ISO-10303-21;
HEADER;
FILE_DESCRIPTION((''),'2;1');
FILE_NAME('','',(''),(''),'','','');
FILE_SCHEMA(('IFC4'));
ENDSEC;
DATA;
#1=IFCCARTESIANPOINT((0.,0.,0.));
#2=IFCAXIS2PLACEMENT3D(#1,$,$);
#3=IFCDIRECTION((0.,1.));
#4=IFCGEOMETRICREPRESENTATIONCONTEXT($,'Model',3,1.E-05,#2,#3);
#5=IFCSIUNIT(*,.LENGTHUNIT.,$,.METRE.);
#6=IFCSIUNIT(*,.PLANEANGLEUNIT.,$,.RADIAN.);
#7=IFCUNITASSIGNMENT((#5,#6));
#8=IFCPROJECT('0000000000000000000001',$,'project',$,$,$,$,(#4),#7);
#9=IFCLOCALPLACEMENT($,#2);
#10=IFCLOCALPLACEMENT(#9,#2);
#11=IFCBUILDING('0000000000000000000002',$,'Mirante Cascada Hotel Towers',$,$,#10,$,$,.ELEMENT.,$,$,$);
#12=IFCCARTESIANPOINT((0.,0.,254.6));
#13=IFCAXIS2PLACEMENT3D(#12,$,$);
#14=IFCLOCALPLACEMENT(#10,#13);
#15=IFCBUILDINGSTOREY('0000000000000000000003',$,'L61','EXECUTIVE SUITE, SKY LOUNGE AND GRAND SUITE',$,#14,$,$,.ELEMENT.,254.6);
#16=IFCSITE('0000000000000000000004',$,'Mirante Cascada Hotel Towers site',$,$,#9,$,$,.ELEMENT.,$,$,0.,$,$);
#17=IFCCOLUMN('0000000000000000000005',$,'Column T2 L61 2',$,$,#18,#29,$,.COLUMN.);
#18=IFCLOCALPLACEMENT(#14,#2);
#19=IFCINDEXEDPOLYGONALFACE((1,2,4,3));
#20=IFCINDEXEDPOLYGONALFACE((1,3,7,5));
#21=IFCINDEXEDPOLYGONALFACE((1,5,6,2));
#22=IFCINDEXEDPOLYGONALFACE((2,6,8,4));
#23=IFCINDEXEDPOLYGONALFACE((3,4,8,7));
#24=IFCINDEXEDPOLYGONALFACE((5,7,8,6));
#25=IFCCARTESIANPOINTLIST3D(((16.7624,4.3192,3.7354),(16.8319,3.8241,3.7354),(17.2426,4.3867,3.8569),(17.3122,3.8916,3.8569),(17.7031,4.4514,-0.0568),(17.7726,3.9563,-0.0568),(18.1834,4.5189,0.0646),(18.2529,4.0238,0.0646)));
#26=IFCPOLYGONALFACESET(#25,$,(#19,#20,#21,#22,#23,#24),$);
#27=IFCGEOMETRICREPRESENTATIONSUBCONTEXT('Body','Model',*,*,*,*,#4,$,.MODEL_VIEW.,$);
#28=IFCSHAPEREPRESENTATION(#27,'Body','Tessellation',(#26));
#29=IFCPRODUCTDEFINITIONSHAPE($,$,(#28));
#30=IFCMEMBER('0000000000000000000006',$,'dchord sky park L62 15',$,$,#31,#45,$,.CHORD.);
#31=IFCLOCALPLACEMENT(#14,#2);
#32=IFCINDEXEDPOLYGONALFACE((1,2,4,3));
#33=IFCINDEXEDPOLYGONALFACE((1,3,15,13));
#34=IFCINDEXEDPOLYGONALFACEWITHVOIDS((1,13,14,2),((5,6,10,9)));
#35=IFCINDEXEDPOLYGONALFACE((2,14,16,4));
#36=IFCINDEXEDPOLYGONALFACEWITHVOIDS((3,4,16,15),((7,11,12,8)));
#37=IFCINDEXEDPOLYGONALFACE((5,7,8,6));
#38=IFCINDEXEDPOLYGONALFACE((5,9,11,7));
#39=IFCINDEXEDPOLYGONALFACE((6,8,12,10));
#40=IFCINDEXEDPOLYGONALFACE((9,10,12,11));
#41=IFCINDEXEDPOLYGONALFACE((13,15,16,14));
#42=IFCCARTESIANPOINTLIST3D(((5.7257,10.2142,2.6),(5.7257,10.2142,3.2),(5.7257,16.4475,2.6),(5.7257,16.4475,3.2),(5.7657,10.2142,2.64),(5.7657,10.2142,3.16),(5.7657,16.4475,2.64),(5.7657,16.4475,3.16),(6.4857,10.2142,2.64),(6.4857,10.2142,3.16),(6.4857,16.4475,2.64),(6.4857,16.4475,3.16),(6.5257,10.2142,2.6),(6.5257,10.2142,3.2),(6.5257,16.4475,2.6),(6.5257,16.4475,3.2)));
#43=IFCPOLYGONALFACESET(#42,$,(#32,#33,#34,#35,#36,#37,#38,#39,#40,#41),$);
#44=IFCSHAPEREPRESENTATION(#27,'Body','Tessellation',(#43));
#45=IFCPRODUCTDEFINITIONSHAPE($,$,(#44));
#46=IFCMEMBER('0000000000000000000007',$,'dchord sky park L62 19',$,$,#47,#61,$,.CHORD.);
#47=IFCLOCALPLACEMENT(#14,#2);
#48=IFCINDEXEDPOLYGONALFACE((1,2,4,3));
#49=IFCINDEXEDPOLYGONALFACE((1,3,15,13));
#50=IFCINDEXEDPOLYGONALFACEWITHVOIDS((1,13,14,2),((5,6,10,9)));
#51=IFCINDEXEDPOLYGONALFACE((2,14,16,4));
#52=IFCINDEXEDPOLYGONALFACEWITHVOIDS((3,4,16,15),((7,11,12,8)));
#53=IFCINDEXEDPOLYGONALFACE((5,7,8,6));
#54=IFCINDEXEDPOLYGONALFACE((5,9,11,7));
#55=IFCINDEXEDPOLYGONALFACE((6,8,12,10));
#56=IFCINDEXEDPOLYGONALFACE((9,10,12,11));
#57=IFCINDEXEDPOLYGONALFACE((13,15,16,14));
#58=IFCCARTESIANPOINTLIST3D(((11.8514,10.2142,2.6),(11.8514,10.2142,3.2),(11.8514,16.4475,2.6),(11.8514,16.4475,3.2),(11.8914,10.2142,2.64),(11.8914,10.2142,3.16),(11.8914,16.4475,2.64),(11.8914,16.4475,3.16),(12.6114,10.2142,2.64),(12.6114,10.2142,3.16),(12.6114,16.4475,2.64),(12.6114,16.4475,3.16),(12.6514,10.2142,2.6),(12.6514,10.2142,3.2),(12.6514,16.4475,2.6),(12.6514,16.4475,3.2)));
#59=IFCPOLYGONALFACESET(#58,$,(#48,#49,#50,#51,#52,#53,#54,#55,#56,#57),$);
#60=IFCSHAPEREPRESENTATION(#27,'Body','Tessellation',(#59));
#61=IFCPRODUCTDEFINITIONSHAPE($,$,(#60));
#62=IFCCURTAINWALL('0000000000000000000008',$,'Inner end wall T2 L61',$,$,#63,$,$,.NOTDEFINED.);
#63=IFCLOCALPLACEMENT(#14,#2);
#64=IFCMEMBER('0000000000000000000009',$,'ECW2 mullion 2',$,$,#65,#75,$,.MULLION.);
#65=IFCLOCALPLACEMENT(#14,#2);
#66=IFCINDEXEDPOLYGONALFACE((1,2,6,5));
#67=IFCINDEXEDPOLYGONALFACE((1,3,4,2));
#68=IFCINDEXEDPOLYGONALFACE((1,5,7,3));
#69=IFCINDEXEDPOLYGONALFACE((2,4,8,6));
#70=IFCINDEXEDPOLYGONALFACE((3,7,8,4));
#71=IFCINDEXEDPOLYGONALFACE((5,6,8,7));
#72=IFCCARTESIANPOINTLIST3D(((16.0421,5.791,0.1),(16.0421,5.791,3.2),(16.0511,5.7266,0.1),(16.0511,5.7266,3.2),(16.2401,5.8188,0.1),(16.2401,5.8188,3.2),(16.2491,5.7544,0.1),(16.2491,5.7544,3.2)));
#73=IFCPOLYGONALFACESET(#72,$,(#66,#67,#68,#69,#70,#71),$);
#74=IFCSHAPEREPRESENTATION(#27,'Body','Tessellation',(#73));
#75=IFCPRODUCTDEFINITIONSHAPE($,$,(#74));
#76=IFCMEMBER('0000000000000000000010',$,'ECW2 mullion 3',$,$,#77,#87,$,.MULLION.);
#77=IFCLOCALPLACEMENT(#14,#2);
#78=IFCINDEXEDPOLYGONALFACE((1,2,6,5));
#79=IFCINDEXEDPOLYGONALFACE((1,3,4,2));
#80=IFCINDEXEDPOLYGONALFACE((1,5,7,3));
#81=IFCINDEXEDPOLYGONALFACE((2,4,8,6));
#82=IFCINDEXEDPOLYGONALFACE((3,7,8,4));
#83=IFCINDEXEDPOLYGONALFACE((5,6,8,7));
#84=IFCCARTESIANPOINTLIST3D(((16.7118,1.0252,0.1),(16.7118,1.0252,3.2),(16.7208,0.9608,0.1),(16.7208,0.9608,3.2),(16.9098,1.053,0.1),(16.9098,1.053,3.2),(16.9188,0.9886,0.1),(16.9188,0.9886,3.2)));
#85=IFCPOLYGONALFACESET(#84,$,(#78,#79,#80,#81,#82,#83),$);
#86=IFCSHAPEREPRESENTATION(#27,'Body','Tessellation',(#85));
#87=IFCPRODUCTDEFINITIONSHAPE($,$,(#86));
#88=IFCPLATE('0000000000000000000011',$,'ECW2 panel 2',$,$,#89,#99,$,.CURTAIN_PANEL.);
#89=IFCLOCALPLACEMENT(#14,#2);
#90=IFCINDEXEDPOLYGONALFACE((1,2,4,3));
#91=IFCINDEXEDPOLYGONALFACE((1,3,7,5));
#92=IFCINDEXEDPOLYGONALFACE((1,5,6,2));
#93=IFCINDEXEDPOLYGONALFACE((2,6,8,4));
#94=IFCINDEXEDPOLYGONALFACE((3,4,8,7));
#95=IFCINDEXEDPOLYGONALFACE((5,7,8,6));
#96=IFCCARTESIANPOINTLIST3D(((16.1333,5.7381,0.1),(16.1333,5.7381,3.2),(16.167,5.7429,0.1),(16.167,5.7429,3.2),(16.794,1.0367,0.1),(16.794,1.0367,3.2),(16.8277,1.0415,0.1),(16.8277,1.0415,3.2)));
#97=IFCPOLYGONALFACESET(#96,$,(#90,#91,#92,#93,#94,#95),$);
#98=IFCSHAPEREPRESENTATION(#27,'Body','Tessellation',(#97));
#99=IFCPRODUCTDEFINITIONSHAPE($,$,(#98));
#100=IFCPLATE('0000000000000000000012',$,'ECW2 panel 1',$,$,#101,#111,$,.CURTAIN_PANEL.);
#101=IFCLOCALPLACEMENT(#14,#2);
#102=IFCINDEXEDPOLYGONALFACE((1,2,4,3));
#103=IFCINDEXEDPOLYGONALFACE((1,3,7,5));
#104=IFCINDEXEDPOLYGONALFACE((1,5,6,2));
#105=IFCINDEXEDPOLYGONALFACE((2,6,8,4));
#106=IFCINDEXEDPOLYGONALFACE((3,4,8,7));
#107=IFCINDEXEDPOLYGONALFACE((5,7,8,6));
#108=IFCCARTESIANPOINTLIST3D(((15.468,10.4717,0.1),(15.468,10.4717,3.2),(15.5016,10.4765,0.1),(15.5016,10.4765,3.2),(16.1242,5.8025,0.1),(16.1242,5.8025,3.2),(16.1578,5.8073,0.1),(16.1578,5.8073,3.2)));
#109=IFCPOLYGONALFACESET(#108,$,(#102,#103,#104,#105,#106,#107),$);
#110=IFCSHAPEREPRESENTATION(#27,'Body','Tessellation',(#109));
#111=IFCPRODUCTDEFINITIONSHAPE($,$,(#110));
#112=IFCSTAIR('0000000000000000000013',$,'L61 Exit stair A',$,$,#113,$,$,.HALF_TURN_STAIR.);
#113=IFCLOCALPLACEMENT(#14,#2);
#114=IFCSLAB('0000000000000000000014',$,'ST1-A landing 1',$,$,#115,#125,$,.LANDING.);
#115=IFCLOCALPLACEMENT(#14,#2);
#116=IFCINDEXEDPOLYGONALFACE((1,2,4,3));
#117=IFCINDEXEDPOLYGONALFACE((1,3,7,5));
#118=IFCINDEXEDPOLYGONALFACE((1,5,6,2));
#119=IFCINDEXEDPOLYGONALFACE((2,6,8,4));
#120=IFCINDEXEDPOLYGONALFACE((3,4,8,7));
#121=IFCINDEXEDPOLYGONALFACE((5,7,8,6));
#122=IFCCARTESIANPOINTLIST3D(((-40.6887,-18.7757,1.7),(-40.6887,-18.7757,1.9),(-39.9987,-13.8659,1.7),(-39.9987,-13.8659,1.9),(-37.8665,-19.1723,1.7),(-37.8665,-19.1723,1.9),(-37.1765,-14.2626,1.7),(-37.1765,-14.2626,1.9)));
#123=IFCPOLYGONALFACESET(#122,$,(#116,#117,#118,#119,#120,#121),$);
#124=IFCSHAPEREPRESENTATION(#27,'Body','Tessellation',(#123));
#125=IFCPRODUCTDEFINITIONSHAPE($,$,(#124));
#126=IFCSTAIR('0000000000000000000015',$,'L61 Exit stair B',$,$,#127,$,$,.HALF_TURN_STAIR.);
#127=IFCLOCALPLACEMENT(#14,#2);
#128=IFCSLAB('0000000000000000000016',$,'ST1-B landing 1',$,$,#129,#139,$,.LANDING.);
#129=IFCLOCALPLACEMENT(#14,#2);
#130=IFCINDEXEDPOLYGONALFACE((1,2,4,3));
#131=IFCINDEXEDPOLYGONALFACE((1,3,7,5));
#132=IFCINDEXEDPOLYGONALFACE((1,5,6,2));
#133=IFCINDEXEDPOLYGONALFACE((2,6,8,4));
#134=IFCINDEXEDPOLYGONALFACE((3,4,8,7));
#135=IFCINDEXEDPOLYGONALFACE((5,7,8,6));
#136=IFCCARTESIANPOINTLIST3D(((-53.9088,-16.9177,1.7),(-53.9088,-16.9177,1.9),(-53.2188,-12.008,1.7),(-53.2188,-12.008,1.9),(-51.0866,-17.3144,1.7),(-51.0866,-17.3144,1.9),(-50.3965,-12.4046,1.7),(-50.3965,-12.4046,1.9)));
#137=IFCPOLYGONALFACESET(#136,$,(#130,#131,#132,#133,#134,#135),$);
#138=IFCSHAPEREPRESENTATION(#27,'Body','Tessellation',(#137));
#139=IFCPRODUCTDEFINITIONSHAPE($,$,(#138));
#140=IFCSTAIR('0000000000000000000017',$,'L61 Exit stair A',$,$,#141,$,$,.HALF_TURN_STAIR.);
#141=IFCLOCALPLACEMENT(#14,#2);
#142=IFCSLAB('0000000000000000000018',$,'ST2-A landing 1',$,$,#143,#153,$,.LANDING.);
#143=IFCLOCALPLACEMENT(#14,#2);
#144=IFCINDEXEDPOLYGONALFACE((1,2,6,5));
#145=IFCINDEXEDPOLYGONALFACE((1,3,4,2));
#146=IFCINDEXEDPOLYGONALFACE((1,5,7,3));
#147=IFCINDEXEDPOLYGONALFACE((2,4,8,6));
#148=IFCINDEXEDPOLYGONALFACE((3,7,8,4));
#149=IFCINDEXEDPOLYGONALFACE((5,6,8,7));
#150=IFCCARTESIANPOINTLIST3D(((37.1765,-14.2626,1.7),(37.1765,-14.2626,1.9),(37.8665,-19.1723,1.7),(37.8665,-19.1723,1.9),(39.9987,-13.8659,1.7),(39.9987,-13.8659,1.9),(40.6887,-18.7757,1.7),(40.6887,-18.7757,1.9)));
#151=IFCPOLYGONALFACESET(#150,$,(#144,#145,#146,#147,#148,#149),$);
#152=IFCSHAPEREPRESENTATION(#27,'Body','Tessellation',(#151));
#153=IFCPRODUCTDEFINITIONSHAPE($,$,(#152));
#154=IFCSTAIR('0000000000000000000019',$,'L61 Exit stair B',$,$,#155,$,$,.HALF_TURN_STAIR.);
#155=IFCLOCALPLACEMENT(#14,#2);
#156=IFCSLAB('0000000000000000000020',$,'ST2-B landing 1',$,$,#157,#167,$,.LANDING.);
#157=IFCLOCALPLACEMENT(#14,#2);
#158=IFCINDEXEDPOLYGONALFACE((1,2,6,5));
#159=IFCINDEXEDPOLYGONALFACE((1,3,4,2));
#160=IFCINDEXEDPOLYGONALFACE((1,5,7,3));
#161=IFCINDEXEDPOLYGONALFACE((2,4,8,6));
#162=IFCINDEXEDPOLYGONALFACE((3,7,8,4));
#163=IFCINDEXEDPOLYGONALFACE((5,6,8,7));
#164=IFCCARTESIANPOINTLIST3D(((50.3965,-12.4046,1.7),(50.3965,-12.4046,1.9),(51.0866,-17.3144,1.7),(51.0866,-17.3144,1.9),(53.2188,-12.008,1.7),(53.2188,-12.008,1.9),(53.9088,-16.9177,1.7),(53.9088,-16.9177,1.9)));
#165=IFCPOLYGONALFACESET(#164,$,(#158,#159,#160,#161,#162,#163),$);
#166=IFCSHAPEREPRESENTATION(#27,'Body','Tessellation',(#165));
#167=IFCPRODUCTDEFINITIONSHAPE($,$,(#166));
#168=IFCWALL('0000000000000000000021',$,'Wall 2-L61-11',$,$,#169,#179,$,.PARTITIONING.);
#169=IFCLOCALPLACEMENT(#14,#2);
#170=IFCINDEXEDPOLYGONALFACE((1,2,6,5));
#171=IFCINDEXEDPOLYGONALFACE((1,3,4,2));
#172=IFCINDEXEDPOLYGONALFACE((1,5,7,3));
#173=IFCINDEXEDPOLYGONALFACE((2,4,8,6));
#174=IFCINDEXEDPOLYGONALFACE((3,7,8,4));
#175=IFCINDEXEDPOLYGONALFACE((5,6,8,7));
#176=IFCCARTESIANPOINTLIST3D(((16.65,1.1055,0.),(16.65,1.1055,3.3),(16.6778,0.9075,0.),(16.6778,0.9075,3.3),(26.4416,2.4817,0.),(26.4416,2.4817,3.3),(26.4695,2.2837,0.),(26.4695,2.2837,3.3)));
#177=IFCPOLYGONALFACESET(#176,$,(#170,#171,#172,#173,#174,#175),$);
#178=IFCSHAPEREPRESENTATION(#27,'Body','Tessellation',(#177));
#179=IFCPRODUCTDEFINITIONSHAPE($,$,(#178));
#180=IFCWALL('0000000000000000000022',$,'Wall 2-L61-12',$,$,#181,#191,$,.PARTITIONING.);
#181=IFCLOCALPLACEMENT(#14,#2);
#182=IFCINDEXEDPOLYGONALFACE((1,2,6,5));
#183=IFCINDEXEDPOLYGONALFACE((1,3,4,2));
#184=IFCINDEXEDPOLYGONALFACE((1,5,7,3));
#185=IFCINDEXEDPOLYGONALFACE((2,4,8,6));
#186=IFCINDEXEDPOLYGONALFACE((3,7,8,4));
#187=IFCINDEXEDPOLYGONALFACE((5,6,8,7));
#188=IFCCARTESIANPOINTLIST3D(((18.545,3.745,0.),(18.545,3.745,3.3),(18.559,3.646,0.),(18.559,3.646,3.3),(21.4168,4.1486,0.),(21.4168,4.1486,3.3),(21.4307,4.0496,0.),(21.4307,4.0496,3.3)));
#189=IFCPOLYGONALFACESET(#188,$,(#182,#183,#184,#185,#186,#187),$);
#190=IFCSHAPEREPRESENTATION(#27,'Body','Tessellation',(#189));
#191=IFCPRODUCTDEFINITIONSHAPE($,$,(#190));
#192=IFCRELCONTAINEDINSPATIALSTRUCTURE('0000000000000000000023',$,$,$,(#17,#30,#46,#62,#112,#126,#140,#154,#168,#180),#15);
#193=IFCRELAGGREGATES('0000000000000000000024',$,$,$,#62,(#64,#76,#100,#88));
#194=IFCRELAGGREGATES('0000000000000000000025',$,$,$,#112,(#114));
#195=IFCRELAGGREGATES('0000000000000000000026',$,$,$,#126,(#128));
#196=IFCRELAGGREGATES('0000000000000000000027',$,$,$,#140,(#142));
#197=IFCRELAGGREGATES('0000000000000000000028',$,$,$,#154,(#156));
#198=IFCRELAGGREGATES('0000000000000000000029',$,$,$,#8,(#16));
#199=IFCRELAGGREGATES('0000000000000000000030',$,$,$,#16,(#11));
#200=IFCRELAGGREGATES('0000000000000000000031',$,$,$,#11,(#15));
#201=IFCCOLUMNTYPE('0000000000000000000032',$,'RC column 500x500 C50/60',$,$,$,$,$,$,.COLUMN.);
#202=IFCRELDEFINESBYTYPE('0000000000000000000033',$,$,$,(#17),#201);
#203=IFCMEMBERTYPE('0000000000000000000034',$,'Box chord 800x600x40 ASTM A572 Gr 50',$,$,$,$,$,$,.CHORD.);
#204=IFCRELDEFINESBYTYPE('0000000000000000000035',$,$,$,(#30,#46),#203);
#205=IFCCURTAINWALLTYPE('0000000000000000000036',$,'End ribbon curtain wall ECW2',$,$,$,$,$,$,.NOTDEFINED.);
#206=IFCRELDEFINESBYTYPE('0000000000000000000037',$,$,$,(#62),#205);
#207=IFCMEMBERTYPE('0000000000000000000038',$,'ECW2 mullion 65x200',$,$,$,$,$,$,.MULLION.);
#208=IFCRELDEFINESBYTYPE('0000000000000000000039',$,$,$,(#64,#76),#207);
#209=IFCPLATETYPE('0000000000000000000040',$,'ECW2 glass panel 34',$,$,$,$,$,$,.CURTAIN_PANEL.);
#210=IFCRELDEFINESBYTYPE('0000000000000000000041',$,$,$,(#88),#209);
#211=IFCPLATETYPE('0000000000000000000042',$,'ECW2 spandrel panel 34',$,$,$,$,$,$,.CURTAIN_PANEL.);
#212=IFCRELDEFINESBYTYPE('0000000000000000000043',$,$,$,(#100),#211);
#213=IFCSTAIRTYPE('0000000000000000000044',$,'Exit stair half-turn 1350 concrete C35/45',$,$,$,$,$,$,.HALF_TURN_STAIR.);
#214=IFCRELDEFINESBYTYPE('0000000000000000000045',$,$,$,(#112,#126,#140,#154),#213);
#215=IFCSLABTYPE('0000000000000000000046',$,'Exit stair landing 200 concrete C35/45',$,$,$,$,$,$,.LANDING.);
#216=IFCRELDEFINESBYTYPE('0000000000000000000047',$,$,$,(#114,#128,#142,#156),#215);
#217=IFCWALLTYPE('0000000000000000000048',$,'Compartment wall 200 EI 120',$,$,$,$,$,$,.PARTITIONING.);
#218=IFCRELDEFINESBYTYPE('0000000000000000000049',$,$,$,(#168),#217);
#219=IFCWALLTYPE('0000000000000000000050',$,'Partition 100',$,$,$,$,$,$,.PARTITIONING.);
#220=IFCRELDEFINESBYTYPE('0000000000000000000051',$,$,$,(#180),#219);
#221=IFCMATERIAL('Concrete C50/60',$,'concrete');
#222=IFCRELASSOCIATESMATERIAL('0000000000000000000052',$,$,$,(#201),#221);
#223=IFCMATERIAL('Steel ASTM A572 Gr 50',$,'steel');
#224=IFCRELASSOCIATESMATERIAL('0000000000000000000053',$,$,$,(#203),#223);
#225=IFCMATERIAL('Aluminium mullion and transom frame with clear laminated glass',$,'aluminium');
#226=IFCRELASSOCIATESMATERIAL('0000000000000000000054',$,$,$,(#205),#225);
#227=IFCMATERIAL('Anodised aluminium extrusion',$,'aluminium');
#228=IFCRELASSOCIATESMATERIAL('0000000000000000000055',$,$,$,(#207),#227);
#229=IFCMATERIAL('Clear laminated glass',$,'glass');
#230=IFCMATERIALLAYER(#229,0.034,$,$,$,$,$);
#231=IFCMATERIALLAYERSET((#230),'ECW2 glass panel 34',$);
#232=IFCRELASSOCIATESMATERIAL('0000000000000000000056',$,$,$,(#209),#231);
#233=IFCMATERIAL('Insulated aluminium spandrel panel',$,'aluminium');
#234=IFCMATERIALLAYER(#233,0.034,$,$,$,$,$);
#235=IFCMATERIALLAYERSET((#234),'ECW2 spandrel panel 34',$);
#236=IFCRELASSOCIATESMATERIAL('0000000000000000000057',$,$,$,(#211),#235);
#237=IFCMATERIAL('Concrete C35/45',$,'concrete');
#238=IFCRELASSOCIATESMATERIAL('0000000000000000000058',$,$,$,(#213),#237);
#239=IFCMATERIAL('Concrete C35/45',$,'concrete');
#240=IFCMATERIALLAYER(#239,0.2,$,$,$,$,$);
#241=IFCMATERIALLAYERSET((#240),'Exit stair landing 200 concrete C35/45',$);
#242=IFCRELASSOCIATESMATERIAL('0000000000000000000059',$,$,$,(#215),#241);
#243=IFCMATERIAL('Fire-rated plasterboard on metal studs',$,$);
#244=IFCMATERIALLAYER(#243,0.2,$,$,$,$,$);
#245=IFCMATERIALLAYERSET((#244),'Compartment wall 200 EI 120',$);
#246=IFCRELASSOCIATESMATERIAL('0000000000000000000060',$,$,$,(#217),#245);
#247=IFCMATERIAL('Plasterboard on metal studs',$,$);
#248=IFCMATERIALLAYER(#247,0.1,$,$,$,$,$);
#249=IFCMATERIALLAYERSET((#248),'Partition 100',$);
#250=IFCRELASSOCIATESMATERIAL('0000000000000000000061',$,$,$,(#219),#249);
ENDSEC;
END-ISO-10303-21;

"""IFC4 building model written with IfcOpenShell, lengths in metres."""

from ifc_helpers import new_model, si_unit, direction, frame, frame_2d, origin, origin_2d, place, context, subcontext, project, spatial, polyline, rectangle, hollow_rectangle, outline, extrude, material, layer, layer_set, material_profile, profile_set, type_object, element, aggregate, save


model = new_model("IFC4")

# Units and contexts
model_context = context("Model", 3, precision=1e-05, world=origin(), true_north=direction((0.0, 1.0)))
body_context = subcontext(model_context, "Body", "Model", "MODEL_VIEW")
ifc_project = project(units=[si_unit("LENGTHUNIT", "METRE"), si_unit("PLANEANGLEUNIT", "RADIAN")], contexts=[model_context])

# Site, building, storey
site_placement = place(None, origin())
site = spatial("IfcSite", under=ifc_project, at=site_placement, Name="Mirante Cascada Hotel Towers site", CompositionType="ELEMENT", RefElevation=0.0)
building_placement = place(site_placement, origin())
building = spatial("IfcBuilding", under=site, at=building_placement, Name="Mirante Cascada Hotel Towers", CompositionType="ELEMENT")
storey_placement = place(building_placement, frame((0.0, 0.0, 254.6)))
storey = spatial("IfcBuildingStorey", under=building, at=storey_placement, Name="L61", Description="EXECUTIVE SUITE, SKY LOUNGE AND GRAND SUITE", CompositionType="ELEMENT", Elevation=254.6)

# Column
ifc_material_1 = material(Name="Concrete C50/60", Category="concrete")
ifc_material_profile_1 = material_profile(ifc_material_1, rectangle(XDim=0.5, YDim=0.5, at=origin_2d()), Name="RC column 500x500 C50/60")
ifc_profile_set_1 = profile_set([ifc_material_profile_1], Name="Concrete C50/60")
column_type = type_object("IfcColumnType", Name="RC column 500x500 C50/60", PredefinedType="COLUMN", material=ifc_profile_set_1)
column_placement = place(storey_placement, frame((17.978, 4.2376, 0.0039), z_axis=(-0.240627, -0.033816, 0.970028), x_axis=(0.139166, -0.990269, 0.0)))
element("IfcColumn", 1, at=column_placement, inside=storey, type_object=column_type, Name="Column T2 L61 2", PredefinedType="COLUMN", context=body_context, shape_type="SweptSolid", body=[
    extrude(rectangle(XDim=0.5, YDim=0.5, at=origin_2d()), origin(), (0.0, 0.0, 1.0), 3.9094),
])

# Members
ifc_material_2 = material(Name="Steel ASTM A572 Gr 50", Category="steel")
ifc_material_profile_2 = material_profile(ifc_material_2, hollow_rectangle(XDim=0.6, YDim=0.8, WallThickness=0.04, at=origin_2d()), Name="Box chord 800x600x40 ASTM A572 Gr 50")
ifc_profile_set_2 = profile_set([ifc_material_profile_2], Name="Steel ASTM A572 Gr 50")
member_type_1 = type_object("IfcMemberType", Name="Box chord 800x600x40 ASTM A572 Gr 50", PredefinedType="CHORD", material=ifc_profile_set_2)
for number, where, z_axis, x_axis, name in (
    (2, (6.1257, 10.2142, 2.9), (0.0, 1.0, 0.0), (0.0, 0.0, 1.0), "dchord sky park L62 15"),
    (3, (12.2514, 10.2142, 2.9), (0.0, 1.0, 0.0), (0.0, 0.0, 1.0), "dchord sky park L62 19"),
):
    element("IfcMember", number, at=place(storey_placement, frame(where, z_axis=z_axis, x_axis=x_axis)), inside=storey, type_object=member_type_1, Name=name, PredefinedType="CHORD", context=body_context, shape_type="SweptSolid", body=[
        extrude(hollow_rectangle(XDim=0.6, YDim=0.8, WallThickness=0.04, at=origin_2d()), origin(), (0.0, 0.0, 1.0), 6.2333),
    ])

# Curtain wall, members, plates
ifc_material_3 = material(Name="Aluminium mullion and transom frame with clear laminated glass", Category="aluminium")
curtain_wall_type = type_object("IfcCurtainWallType", Name="End ribbon curtain wall ECW2", PredefinedType="NOTDEFINED", material=ifc_material_3)
curtain_wall_placement = place(storey_placement, origin())
curtain_wall = element("IfcCurtainWall", 4, at=curtain_wall_placement, inside=storey, type_object=curtain_wall_type, Name="Inner end wall T2 L61", PredefinedType="NOTDEFINED")
ifc_material_4 = material(Name="Anodised aluminium extrusion", Category="aluminium")
ifc_material_profile_3 = material_profile(ifc_material_4, rectangle(XDim=0.2, YDim=0.065, at=origin_2d()), Name="ECW2 MULLION 65x200")
ifc_profile_set_3 = profile_set([ifc_material_profile_3], Name="Anodised aluminium extrusion")
member_type_2 = type_object("IfcMemberType", Name="ECW2 mullion 65x200", PredefinedType="MULLION", material=ifc_profile_set_3)
member_1_placement = place(storey_placement, frame((16.1456, 5.7727, 0.1), z_axis=(0.0, 0.0, 1.0), x_axis=(0.990268, 0.139173, 0.0)))
member_1 = element("IfcMember", 5, at=member_1_placement, type_object=member_type_2, Name="ECW2 mullion 2", PredefinedType="MULLION", context=body_context, shape_type="SweptSolid", body=[
    extrude(rectangle(XDim=0.2, YDim=0.065, at=origin_2d()), origin(), (0.0, 0.0, 1.0), 3.1),
])
member_2_placement = place(storey_placement, frame((16.8153, 1.0069, 0.1), z_axis=(0.0, 0.0, 1.0), x_axis=(0.990268, 0.139173, 0.0)))
member_2 = element("IfcMember", 6, at=member_2_placement, type_object=member_type_2, Name="ECW2 mullion 3", PredefinedType="MULLION", context=body_context, shape_type="SweptSolid", body=[
    extrude(rectangle(XDim=0.2, YDim=0.065, at=origin_2d()), origin(), (0.0, 0.0, 1.0), 3.1),
])
ifc_material_5 = material(Name="Clear laminated glass", Category="glass")
ifc_layer_1 = layer(ifc_material_5, 0.034)
ifc_layer_set_1 = layer_set([ifc_layer_1], Name="ECW2 glass panel 34")
plate_type_1 = type_object("IfcPlateType", Name="ECW2 glass panel 34", PredefinedType="CURTAIN_PANEL", material=ifc_layer_set_1)
plate_1_placement = place(storey_placement, frame((16.4805, 3.3898, 0.1), z_axis=(0.0, 0.0, 1.0), x_axis=(0.139173, -0.990268, 0.0)))
plate_1 = element("IfcPlate", 7, at=plate_1_placement, type_object=plate_type_1, Name="ECW2 panel 2", PredefinedType="CURTAIN_PANEL", context=body_context, shape_type="SweptSolid", body=[
    extrude(rectangle(XDim=4.7476, YDim=0.034, at=origin_2d()), origin(), (0.0, 0.0, 1.0), 3.1),
])
ifc_material_6 = material(Name="Insulated aluminium spandrel panel", Category="aluminium")
ifc_layer_2 = layer(ifc_material_6, 0.034)
ifc_layer_set_2 = layer_set([ifc_layer_2], Name="ECW2 spandrel panel 34")
plate_type_2 = type_object("IfcPlateType", Name="ECW2 spandrel panel 34", PredefinedType="CURTAIN_PANEL", material=ifc_layer_set_2)
plate_2_placement = place(storey_placement, frame((15.8129, 8.1395, 0.1), z_axis=(0.0, 0.0, 1.0), x_axis=(0.139173, -0.990268, 0.0)))
plate_2 = element("IfcPlate", 8, at=plate_2_placement, type_object=plate_type_2, Name="ECW2 panel 1", PredefinedType="CURTAIN_PANEL", context=body_context, shape_type="SweptSolid", body=[
    extrude(rectangle(XDim=4.7151, YDim=0.034, at=origin_2d()), origin(), (0.0, 0.0, 1.0), 3.1),
])
aggregate(curtain_wall, [member_1, member_2, plate_2, plate_1])

# Stairs, slabs
ifc_material_7 = material(Name="Concrete C35/45", Category="concrete")
stair_type = type_object("IfcStairType", Name="Exit stair half-turn 1350 concrete C35/45", PredefinedType="HALF_TURN_STAIR", material=ifc_material_7)
stair_1_placement = place(storey_placement, origin())
stair_1 = element("IfcStair", 9, at=stair_1_placement, inside=storey, type_object=stair_type, Name="L61 Exit stair A", PredefinedType="HALF_TURN_STAIR")
ifc_material_8 = material(Name="Concrete C35/45", Category="concrete")
ifc_layer_3 = layer(ifc_material_8, 0.2)
ifc_layer_set_3 = layer_set([ifc_layer_3], Name="Exit stair landing 200 concrete C35/45")
slab_type = type_object("IfcSlabType", Name="Exit stair landing 200 concrete C35/45", PredefinedType="LANDING", material=ifc_layer_set_3)
slab_1_placement = place(storey_placement, frame((0.0, 0.0, 1.7)))
slab_1 = element("IfcSlab", 10, at=slab_1_placement, type_object=slab_type, Name="ST1-A landing 1", PredefinedType="LANDING", context=body_context, shape_type="SweptSolid", body=[
    extrude(outline(polyline([(-39.9987, -13.8659), (-40.6887, -18.7757), (-37.8665, -19.1723), (-37.1765, -14.2626), (-39.9987, -13.8659)])), origin(), (0.0, 0.0, 1.0), 0.2),
])
aggregate(stair_1, [slab_1])
stair_2_placement = place(storey_placement, origin())
stair_2 = element("IfcStair", 11, at=stair_2_placement, inside=storey, type_object=stair_type, Name="L61 Exit stair B", PredefinedType="HALF_TURN_STAIR")
slab_2_placement = place(storey_placement, frame((0.0, 0.0, 1.7)))
slab_2 = element("IfcSlab", 12, at=slab_2_placement, type_object=slab_type, Name="ST1-B landing 1", PredefinedType="LANDING", context=body_context, shape_type="SweptSolid", body=[
    extrude(outline(polyline([(-53.2188, -12.008), (-53.9088, -16.9177), (-51.0866, -17.3144), (-50.3965, -12.4046), (-53.2188, -12.008)])), origin(), (0.0, 0.0, 1.0), 0.2),
])
aggregate(stair_2, [slab_2])
stair_3_placement = place(storey_placement, origin())
stair_3 = element("IfcStair", 13, at=stair_3_placement, inside=storey, type_object=stair_type, Name="L61 Exit stair A", PredefinedType="HALF_TURN_STAIR")
slab_3_placement = place(storey_placement, frame((0.0, 0.0, 1.7)))
slab_3 = element("IfcSlab", 14, at=slab_3_placement, type_object=slab_type, Name="ST2-A landing 1", PredefinedType="LANDING", context=body_context, shape_type="SweptSolid", body=[
    extrude(outline(polyline([(37.1765, -14.2626), (37.8665, -19.1723), (40.6887, -18.7757), (39.9987, -13.8659), (37.1765, -14.2626)])), origin(), (0.0, 0.0, 1.0), 0.2),
])
aggregate(stair_3, [slab_3])
stair_4_placement = place(storey_placement, origin())
stair_4 = element("IfcStair", 15, at=stair_4_placement, inside=storey, type_object=stair_type, Name="L61 Exit stair B", PredefinedType="HALF_TURN_STAIR")
slab_4_placement = place(storey_placement, frame((0.0, 0.0, 1.7)))
slab_4 = element("IfcSlab", 16, at=slab_4_placement, type_object=slab_type, Name="ST2-B landing 1", PredefinedType="LANDING", context=body_context, shape_type="SweptSolid", body=[
    extrude(outline(polyline([(50.3965, -12.4046), (51.0866, -17.3144), (53.9088, -16.9177), (53.2188, -12.008), (50.3965, -12.4046)])), origin(), (0.0, 0.0, 1.0), 0.2),
])
aggregate(stair_4, [slab_4])

# Walls
ifc_material_9 = material(Name="Fire-rated plasterboard on metal studs")
ifc_layer_4 = layer(ifc_material_9, 0.2)
ifc_layer_set_4 = layer_set([ifc_layer_4], Name="Compartment wall 200 EI 120")
wall_type_1 = type_object("IfcWallType", Name="Compartment wall 200 EI 120", PredefinedType="PARTITIONING", material=ifc_layer_set_4)
wall_1_placement = place(storey_placement, frame((26.4556, 2.3827, 0.0), z_axis=(0.0, 0.0, 1.0), x_axis=(-0.990267, -0.13918, 0.0)))
element("IfcWall", 17, at=wall_1_placement, inside=storey, type_object=wall_type_1, Name="Wall 2-L61-11", PredefinedType="PARTITIONING", context=body_context, shape_type="SweptSolid", body=[
    extrude(rectangle(XDim=9.8879, YDim=0.2, at=frame_2d((4.944, 0.0))), origin(), (0.0, 0.0, 1.0), 3.3),
])
ifc_material_10 = material(Name="Plasterboard on metal studs")
ifc_layer_5 = layer(ifc_material_10, 0.1)
ifc_layer_set_5 = layer_set([ifc_layer_5], Name="Partition 100")
wall_type_2 = type_object("IfcWallType", Name="Partition 100", PredefinedType="PARTITIONING", material=ifc_layer_set_5)
wall_2_placement = place(storey_placement, frame((18.552, 3.6955, 0.0), z_axis=(0.0, 0.0, 1.0), x_axis=(0.990268, 0.139171, 0.0)))
element("IfcWall", 18, at=wall_2_placement, inside=storey, type_object=wall_type_2, Name="Wall 2-L61-12", PredefinedType="PARTITIONING", context=body_context, shape_type="SweptSolid", body=[
    extrude(rectangle(XDim=2.9, YDim=0.1, at=frame_2d((1.45, 0.0))), origin(), (0.0, 0.0, 1.0), 3.3),
])

save(model, "model.ifc")
